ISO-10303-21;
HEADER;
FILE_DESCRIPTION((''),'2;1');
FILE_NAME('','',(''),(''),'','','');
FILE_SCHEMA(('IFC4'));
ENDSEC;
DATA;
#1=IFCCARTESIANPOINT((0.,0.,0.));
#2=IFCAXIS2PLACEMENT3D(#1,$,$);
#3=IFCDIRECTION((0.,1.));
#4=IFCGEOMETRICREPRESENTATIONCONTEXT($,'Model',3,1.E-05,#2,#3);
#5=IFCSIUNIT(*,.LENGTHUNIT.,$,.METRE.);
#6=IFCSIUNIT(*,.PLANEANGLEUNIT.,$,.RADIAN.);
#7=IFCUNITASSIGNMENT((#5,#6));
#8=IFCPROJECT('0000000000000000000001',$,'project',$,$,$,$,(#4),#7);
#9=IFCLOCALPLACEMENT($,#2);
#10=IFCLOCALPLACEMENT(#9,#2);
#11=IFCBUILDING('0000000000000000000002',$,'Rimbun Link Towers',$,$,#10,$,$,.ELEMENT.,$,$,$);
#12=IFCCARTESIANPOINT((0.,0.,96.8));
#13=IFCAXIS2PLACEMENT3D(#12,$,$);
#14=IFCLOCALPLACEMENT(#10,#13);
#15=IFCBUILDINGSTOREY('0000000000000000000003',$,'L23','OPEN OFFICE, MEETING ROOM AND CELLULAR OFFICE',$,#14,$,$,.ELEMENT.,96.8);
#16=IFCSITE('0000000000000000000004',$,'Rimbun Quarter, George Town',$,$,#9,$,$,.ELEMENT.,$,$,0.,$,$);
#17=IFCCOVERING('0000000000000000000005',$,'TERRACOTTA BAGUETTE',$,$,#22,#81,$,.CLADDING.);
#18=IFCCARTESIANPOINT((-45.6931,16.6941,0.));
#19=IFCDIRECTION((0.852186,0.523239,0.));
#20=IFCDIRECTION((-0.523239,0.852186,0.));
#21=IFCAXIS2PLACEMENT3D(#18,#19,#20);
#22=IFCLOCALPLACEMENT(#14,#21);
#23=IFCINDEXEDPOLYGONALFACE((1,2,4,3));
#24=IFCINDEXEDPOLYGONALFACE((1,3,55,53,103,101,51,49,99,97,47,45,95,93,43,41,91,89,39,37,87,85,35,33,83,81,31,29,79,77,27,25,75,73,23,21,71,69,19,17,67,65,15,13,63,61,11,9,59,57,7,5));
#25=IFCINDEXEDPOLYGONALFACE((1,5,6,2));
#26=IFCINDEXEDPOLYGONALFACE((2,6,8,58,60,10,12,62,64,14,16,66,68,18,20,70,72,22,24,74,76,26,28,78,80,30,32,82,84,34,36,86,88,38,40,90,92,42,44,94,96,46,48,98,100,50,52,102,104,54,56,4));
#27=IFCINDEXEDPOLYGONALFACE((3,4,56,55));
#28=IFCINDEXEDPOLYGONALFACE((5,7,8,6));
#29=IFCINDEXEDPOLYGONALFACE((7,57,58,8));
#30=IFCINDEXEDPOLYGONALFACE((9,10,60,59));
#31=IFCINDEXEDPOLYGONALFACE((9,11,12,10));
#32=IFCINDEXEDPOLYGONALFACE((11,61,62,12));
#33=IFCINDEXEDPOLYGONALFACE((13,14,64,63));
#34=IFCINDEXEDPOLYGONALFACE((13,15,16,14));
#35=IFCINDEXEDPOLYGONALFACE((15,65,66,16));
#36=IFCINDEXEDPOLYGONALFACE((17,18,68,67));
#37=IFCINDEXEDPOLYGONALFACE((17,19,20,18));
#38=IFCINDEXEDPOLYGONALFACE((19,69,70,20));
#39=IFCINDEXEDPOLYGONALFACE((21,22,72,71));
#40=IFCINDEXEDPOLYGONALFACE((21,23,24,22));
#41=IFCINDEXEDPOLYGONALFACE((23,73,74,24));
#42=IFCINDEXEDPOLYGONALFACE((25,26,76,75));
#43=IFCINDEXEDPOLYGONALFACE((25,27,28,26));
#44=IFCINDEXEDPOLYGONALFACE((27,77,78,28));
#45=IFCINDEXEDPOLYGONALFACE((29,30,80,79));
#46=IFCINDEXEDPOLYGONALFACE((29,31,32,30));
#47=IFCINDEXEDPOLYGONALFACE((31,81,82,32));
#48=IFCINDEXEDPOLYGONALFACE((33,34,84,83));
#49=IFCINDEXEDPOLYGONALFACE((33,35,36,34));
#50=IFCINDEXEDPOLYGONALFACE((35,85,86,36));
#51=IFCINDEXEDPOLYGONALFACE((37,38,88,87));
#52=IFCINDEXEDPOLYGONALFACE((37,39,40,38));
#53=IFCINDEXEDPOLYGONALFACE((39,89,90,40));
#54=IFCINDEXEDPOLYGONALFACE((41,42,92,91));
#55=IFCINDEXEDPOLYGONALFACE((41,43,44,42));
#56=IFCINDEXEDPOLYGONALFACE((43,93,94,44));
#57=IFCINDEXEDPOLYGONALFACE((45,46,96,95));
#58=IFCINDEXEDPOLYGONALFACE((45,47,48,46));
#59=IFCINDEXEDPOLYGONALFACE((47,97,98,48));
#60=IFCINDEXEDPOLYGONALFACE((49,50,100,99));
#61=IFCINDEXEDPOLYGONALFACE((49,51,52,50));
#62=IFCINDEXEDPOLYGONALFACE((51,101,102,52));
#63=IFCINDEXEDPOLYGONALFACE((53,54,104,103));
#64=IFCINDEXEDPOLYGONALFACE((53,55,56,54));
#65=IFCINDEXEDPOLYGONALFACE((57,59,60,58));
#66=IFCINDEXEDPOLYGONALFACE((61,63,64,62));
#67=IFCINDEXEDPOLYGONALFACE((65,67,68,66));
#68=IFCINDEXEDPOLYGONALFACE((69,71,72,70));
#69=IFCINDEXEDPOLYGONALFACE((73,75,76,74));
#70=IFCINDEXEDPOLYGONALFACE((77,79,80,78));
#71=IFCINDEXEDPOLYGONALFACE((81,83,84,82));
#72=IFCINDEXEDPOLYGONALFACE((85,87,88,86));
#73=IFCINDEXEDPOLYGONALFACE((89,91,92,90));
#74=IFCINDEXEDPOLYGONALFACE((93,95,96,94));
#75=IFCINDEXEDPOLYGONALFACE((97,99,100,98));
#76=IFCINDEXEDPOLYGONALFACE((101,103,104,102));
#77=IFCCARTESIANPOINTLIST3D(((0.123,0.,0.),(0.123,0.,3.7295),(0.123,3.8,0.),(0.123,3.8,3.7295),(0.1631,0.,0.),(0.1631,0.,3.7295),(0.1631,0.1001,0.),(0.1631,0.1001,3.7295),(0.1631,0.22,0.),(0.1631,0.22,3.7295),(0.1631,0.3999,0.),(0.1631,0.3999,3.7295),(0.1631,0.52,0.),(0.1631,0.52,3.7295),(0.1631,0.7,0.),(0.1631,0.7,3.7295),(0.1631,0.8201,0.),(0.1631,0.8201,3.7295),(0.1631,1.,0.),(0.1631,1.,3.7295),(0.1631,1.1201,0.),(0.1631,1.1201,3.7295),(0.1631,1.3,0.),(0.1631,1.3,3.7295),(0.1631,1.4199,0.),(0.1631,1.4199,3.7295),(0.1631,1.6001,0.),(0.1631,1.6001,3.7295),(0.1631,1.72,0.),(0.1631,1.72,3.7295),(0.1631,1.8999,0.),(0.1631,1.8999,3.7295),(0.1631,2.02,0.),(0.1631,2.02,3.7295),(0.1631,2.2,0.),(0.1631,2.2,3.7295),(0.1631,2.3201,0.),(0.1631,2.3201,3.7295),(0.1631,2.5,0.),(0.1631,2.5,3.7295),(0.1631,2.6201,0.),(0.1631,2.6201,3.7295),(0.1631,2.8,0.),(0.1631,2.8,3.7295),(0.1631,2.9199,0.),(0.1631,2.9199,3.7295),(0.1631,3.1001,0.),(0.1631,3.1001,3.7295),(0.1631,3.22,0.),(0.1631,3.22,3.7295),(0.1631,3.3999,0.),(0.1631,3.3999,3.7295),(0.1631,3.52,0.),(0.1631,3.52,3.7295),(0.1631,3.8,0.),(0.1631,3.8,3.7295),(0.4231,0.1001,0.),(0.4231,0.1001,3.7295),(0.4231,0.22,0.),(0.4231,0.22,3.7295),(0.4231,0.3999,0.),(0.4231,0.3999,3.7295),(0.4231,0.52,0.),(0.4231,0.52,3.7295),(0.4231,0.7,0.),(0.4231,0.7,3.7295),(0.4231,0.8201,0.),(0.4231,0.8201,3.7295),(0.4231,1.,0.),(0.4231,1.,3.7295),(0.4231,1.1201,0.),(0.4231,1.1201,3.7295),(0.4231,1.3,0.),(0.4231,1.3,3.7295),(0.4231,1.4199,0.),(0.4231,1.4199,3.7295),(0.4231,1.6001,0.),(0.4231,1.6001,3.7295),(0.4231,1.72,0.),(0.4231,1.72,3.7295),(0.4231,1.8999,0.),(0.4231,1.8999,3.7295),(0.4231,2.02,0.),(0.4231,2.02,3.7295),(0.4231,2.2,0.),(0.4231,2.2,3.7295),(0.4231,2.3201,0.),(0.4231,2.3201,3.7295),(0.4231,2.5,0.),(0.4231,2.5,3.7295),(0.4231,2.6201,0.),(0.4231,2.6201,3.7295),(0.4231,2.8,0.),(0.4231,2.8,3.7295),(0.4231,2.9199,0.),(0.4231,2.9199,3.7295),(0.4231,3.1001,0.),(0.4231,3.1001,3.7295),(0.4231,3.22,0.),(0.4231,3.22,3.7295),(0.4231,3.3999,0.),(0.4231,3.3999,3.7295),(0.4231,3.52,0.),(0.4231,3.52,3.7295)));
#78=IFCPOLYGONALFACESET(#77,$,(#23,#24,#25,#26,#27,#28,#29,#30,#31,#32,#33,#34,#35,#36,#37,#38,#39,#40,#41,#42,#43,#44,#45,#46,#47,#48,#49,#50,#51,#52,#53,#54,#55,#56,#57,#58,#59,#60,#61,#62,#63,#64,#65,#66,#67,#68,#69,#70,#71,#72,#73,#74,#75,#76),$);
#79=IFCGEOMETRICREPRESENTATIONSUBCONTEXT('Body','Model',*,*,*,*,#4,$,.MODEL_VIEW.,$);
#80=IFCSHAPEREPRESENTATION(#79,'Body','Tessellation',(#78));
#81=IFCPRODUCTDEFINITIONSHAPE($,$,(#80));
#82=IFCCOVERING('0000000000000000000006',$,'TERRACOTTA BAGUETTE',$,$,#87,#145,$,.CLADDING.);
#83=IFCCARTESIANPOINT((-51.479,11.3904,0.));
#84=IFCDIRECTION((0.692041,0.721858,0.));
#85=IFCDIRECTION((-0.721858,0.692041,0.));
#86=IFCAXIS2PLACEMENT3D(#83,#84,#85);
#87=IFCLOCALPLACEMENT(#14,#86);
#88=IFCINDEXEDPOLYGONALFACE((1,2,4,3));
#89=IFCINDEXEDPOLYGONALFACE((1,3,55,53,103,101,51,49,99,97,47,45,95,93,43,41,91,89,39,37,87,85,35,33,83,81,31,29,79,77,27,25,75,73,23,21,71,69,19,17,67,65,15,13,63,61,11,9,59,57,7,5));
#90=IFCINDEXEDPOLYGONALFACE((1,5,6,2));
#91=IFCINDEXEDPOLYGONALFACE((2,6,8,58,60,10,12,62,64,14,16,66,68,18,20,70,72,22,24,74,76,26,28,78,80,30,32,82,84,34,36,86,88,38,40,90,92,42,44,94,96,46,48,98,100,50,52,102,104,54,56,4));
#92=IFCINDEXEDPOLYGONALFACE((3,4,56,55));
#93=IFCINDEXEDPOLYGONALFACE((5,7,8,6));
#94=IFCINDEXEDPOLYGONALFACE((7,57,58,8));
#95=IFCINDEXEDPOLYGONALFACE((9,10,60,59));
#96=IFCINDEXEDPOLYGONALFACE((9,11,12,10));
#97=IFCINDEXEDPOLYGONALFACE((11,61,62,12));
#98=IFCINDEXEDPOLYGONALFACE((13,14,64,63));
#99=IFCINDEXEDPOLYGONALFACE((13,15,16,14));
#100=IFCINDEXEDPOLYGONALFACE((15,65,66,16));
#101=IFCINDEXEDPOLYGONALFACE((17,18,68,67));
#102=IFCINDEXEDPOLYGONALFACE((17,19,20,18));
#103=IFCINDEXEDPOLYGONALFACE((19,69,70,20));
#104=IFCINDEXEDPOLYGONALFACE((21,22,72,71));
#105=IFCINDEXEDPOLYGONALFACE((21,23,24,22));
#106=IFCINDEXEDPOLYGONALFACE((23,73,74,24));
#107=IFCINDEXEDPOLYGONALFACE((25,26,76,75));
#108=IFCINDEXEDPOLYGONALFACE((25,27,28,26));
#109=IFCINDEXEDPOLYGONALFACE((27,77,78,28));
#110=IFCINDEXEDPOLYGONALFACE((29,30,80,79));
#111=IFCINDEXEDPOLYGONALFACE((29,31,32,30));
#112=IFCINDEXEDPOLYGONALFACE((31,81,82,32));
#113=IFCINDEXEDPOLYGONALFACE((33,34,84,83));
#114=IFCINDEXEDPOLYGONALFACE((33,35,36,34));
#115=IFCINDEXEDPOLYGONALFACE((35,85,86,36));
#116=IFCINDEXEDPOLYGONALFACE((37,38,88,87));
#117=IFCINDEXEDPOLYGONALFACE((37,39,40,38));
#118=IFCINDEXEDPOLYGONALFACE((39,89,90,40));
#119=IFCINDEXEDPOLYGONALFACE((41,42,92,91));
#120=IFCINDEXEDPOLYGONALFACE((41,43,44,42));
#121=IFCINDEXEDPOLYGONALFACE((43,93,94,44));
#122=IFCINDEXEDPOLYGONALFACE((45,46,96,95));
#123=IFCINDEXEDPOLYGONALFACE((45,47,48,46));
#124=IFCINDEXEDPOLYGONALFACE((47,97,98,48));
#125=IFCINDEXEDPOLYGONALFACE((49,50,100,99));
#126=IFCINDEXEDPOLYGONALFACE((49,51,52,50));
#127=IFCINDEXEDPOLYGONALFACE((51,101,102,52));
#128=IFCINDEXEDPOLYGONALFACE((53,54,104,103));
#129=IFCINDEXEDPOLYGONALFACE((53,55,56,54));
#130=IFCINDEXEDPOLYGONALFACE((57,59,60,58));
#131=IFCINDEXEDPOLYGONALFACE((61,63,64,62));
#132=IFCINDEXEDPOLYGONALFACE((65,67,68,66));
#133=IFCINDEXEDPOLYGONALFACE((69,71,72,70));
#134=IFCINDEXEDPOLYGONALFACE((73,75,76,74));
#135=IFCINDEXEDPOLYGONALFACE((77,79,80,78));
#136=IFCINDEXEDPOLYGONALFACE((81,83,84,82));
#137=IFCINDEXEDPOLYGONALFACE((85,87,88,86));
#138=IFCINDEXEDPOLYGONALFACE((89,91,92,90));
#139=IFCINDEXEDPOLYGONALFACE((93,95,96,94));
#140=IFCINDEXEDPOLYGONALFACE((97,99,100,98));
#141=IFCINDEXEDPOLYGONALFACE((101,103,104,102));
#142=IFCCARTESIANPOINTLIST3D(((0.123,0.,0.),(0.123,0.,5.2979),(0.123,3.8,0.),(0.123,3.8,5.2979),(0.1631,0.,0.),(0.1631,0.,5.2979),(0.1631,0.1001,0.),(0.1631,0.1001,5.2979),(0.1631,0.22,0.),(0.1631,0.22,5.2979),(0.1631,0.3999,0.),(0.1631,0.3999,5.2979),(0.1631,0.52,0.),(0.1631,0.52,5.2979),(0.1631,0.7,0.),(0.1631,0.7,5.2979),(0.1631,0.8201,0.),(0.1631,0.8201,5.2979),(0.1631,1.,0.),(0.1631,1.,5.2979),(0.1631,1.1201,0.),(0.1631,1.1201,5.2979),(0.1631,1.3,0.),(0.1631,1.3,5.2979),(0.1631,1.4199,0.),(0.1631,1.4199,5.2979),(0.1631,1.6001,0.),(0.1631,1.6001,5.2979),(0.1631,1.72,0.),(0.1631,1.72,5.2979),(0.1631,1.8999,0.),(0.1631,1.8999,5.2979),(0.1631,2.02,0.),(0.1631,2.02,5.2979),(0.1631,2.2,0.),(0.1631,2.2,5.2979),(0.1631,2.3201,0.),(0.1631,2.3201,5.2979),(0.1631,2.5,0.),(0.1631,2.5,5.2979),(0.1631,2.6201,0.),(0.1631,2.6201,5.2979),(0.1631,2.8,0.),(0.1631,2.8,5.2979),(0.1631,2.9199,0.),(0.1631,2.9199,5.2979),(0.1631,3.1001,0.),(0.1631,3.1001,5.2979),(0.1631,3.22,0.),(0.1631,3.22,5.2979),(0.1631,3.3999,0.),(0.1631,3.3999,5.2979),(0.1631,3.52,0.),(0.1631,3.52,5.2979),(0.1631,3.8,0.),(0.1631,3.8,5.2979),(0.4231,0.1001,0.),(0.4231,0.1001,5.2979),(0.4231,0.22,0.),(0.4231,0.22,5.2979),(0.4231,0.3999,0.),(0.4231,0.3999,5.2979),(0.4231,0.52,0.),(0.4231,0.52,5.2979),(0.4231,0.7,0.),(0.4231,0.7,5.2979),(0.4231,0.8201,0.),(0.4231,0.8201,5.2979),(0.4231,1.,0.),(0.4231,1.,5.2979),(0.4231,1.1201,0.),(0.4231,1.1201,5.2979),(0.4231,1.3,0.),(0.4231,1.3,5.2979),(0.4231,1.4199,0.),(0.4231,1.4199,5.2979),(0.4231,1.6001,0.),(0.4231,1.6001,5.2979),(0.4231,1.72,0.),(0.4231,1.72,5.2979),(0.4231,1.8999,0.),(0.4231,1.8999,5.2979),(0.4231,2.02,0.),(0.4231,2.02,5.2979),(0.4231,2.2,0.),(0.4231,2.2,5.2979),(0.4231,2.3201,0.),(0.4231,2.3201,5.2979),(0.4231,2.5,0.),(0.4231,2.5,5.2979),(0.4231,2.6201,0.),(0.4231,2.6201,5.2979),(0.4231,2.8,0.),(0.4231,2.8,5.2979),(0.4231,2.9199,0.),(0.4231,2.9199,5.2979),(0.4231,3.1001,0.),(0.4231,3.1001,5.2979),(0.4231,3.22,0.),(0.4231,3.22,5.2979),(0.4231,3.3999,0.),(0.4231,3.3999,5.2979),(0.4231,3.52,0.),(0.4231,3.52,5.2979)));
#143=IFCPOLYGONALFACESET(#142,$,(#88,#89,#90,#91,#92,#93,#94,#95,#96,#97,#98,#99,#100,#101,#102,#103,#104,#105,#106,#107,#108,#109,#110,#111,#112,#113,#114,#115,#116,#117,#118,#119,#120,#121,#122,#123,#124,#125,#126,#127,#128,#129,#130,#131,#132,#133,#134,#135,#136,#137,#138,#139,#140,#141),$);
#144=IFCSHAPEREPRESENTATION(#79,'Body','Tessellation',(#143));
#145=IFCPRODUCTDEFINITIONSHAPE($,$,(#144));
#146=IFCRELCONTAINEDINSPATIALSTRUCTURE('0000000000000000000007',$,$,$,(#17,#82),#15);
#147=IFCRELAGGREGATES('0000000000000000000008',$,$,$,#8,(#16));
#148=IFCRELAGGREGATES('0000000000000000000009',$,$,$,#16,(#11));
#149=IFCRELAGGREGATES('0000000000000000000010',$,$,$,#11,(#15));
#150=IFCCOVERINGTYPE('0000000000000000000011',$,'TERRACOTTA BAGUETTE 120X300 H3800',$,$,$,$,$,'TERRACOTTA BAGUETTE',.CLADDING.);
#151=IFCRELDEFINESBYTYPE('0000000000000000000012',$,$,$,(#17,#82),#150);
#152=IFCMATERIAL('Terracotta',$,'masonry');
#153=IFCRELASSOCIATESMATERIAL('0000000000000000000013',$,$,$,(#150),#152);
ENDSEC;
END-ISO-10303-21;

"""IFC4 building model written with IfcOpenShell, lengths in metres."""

from ifc_helpers import new_model, si_unit, direction, frame, origin, place, context, subcontext, project, spatial, polyline, outline, extrude, material, material_profile, profile_set, type_object, element, save


model = new_model("IFC4")

# Units and contexts
model_context = context("Model", 3, precision=1e-05, world=origin(), true_north=direction((0.0, 1.0)))
body_context = subcontext(model_context, "Body", "Model", "MODEL_VIEW")
ifc_project = project(units=[si_unit("LENGTHUNIT", "METRE"), si_unit("PLANEANGLEUNIT", "RADIAN")], contexts=[model_context])

# Site, building, storey
site_placement = place(None, origin())
site = spatial("IfcSite", under=ifc_project, at=site_placement, Name="Rimbun Quarter, George Town", CompositionType="ELEMENT", RefElevation=0.0)
building_placement = place(site_placement, origin())
building = spatial("IfcBuilding", under=site, at=building_placement, Name="Rimbun Link Towers", CompositionType="ELEMENT")
storey_placement = place(building_placement, frame((0.0, 0.0, 96.8)))
storey = spatial("IfcBuildingStorey", under=building, at=storey_placement, Name="L23", Description="OPEN OFFICE, MEETING ROOM AND CELLULAR OFFICE", CompositionType="ELEMENT", Elevation=96.8)

# Coverings
ifc_material_1 = material(Name="Terracotta", Category="masonry")
ifc_material_profile_1 = material_profile(ifc_material_1, outline(polyline([(0.123, 0.0), (0.1631, 0.0), (0.1631, 0.1001), (0.4231, 0.1001), (0.4231, 0.22), (0.1631, 0.22), (0.1631, 0.3999), (0.4231, 0.3999), (0.4231, 0.52), (0.1631, 0.52), (0.1631, 0.7), (0.4231, 0.7), (0.4231, 0.8201), (0.1631, 0.8201), (0.1631, 1.0), (0.4231, 1.0), (0.4231, 1.1201), (0.1631, 1.1201), (0.1631, 1.3), (0.4231, 1.3), (0.4231, 1.4199), (0.1631, 1.4199), (0.1631, 1.6001), (0.4231, 1.6001), (0.4231, 1.72), (0.1631, 1.72), (0.1631, 1.8999), (0.4231, 1.8999), (0.4231, 2.02), (0.1631, 2.02), (0.1631, 2.2), (0.4231, 2.2), (0.4231, 2.3201), (0.1631, 2.3201), (0.1631, 2.5), (0.4231, 2.5), (0.4231, 2.6201), (0.1631, 2.6201), (0.1631, 2.8), (0.4231, 2.8), (0.4231, 2.9199), (0.1631, 2.9199), (0.1631, 3.1001), (0.4231, 3.1001), (0.4231, 3.22), (0.1631, 3.22), (0.1631, 3.3999), (0.4231, 3.3999), (0.4231, 3.52), (0.1631, 3.52), (0.1631, 3.8), (0.123, 3.8), (0.123, 0.0)])), Name="BAGUETTE 120X300")
ifc_profile_set_1 = profile_set([ifc_material_profile_1], Name="Terracotta")
covering_type = type_object("IfcCoveringType", Name="TERRACOTTA BAGUETTE 120X300 H3800", ElementType="TERRACOTTA BAGUETTE", PredefinedType="CLADDING", material=ifc_profile_set_1)
covering_1_placement = place(storey_placement, frame((-45.6931, 16.6941, 0.0), z_axis=(0.852186, 0.523239, 0.0), x_axis=(-0.523239, 0.852186, 0.0)))
element("IfcCovering", 1, at=covering_1_placement, inside=storey, type_object=covering_type, Name="TERRACOTTA BAGUETTE", PredefinedType="CLADDING", context=body_context, shape_type="SweptSolid", body=[
    extrude(outline(polyline([(0.123, 0.0), (0.1631, 0.0), (0.1631, 0.1001), (0.4231, 0.1001), (0.4231, 0.22), (0.1631, 0.22), (0.1631, 0.3999), (0.4231, 0.3999), (0.4231, 0.52), (0.1631, 0.52), (0.1631, 0.7), (0.4231, 0.7), (0.4231, 0.8201), (0.1631, 0.8201), (0.1631, 1.0), (0.4231, 1.0), (0.4231, 1.1201), (0.1631, 1.1201), (0.1631, 1.3), (0.4231, 1.3), (0.4231, 1.4199), (0.1631, 1.4199), (0.1631, 1.6001), (0.4231, 1.6001), (0.4231, 1.72), (0.1631, 1.72), (0.1631, 1.8999), (0.4231, 1.8999), (0.4231, 2.02), (0.1631, 2.02), (0.1631, 2.2), (0.4231, 2.2), (0.4231, 2.3201), (0.1631, 2.3201), (0.1631, 2.5), (0.4231, 2.5), (0.4231, 2.6201), (0.1631, 2.6201), (0.1631, 2.8), (0.4231, 2.8), (0.4231, 2.9199), (0.1631, 2.9199), (0.1631, 3.1001), (0.4231, 3.1001), (0.4231, 3.22), (0.1631, 3.22), (0.1631, 3.3999), (0.4231, 3.3999), (0.4231, 3.52), (0.1631, 3.52), (0.1631, 3.8), (0.123, 3.8), (0.123, 0.0)])), origin(), (0.0, 0.0, 1.0), 3.7295),
])
covering_2_placement = place(storey_placement, frame((-51.479, 11.3904, 0.0), z_axis=(0.692041, 0.721858, 0.0), x_axis=(-0.721858, 0.692041, 0.0)))
element("IfcCovering", 2, at=covering_2_placement, inside=storey, type_object=covering_type, Name="TERRACOTTA BAGUETTE", PredefinedType="CLADDING", context=body_context, shape_type="SweptSolid", body=[
    extrude(outline(polyline([(0.123, 0.0), (0.1631, 0.0), (0.1631, 0.1001), (0.4231, 0.1001), (0.4231, 0.22), (0.1631, 0.22), (0.1631, 0.3999), (0.4231, 0.3999), (0.4231, 0.52), (0.1631, 0.52), (0.1631, 0.7), (0.4231, 0.7), (0.4231, 0.8201), (0.1631, 0.8201), (0.1631, 1.0), (0.4231, 1.0), (0.4231, 1.1201), (0.1631, 1.1201), (0.1631, 1.3), (0.4231, 1.3), (0.4231, 1.4199), (0.1631, 1.4199), (0.1631, 1.6001), (0.4231, 1.6001), (0.4231, 1.72), (0.1631, 1.72), (0.1631, 1.8999), (0.4231, 1.8999), (0.4231, 2.02), (0.1631, 2.02), (0.1631, 2.2), (0.4231, 2.2), (0.4231, 2.3201), (0.1631, 2.3201), (0.1631, 2.5), (0.4231, 2.5), (0.4231, 2.6201), (0.1631, 2.6201), (0.1631, 2.8), (0.4231, 2.8), (0.4231, 2.9199), (0.1631, 2.9199), (0.1631, 3.1001), (0.4231, 3.1001), (0.4231, 3.22), (0.1631, 3.22), (0.1631, 3.3999), (0.4231, 3.3999), (0.4231, 3.52), (0.1631, 3.52), (0.1631, 3.8), (0.123, 3.8), (0.123, 0.0)])), origin(), (0.0, 0.0, 1.0), 5.2979),
])

save(model, "model.ifc")
